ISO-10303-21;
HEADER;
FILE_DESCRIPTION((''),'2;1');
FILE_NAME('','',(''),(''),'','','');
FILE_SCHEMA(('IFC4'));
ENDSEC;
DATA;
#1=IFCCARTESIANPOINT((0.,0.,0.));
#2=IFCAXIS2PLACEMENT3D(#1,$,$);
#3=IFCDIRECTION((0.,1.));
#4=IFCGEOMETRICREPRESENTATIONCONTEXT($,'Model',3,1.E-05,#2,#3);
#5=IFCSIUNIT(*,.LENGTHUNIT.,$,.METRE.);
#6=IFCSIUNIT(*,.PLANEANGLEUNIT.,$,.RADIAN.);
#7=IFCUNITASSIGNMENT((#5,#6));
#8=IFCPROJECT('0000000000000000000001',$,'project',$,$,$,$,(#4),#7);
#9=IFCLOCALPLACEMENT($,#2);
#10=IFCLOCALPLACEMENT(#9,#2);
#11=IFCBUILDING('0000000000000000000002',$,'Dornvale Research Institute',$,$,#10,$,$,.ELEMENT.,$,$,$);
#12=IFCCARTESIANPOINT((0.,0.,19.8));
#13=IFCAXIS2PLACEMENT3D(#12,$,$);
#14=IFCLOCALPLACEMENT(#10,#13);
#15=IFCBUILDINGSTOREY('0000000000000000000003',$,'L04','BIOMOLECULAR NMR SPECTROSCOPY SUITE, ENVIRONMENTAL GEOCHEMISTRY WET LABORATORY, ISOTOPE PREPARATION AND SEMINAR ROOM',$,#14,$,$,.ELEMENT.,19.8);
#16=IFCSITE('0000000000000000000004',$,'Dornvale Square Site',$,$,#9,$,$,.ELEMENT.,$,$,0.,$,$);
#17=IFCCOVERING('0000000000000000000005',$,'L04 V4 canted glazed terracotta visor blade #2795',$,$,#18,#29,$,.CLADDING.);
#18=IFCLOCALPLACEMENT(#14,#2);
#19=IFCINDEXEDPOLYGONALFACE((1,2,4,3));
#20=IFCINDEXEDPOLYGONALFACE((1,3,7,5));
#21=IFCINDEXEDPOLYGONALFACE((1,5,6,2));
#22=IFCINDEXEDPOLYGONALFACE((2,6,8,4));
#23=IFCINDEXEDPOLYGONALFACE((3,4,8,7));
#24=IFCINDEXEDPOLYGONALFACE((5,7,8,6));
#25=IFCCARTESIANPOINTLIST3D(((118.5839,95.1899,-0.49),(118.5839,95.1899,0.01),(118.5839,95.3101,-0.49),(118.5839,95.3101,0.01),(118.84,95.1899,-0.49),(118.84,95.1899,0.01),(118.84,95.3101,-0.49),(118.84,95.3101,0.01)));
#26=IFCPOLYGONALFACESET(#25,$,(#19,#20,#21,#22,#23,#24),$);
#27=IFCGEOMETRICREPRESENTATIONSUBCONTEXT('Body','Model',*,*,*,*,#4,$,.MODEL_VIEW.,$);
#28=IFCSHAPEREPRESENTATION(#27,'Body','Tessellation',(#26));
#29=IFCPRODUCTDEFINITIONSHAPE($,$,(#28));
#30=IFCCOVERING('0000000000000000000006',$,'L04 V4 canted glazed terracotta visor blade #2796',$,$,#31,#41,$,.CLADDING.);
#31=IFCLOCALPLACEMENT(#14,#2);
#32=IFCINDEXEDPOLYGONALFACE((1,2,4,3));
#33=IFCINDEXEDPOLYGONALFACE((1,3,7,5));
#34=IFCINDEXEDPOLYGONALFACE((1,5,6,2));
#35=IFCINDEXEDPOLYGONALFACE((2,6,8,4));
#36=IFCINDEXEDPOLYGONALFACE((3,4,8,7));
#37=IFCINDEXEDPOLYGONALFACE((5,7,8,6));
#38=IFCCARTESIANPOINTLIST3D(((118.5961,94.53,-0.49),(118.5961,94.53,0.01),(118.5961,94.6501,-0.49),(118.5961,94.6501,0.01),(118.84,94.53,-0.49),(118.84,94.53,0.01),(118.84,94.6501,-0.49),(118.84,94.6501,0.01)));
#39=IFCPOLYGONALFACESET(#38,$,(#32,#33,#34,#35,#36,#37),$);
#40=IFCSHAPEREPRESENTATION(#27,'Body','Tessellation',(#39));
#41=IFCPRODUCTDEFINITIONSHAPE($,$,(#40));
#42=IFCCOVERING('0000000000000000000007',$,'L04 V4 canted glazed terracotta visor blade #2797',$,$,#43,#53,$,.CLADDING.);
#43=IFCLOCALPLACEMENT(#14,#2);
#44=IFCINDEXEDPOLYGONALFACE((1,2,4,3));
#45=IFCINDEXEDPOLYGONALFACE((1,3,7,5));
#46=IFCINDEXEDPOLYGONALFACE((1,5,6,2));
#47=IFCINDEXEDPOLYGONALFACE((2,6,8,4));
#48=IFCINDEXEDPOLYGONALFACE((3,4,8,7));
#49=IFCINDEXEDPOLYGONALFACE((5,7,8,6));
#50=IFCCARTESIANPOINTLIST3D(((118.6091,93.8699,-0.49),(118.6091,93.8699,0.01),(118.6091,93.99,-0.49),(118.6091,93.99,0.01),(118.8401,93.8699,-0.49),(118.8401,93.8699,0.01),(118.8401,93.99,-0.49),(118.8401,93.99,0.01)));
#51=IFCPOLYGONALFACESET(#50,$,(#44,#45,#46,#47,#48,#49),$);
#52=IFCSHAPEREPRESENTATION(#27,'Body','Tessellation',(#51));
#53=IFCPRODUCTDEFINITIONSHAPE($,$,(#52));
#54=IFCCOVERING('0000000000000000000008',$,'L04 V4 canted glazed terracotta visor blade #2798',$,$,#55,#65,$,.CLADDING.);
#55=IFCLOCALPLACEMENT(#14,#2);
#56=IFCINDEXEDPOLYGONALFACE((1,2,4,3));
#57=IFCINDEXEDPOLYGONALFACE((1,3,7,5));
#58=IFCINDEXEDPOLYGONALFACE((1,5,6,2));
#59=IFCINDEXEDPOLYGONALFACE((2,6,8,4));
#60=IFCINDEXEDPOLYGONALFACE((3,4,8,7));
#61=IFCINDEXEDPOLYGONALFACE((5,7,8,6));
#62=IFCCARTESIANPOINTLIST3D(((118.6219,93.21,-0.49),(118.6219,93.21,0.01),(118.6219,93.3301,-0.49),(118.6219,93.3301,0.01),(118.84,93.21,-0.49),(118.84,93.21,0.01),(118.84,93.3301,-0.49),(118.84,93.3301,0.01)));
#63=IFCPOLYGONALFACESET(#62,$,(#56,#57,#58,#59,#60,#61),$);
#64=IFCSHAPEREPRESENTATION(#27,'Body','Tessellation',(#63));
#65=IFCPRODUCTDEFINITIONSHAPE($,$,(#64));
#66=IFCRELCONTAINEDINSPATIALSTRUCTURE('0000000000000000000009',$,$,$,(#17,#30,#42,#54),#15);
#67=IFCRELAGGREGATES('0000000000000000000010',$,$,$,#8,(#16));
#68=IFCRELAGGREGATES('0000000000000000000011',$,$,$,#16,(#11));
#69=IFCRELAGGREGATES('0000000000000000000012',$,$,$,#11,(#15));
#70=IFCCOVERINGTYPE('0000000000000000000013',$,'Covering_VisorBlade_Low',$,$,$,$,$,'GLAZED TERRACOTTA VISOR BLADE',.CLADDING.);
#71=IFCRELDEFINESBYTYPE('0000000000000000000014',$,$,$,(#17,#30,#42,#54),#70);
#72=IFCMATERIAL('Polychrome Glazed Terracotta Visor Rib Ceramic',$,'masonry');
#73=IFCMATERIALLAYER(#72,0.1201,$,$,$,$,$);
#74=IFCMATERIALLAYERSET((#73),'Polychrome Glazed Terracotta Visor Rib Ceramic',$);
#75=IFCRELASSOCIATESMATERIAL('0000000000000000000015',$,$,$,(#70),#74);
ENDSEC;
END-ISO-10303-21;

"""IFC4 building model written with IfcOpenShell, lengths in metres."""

from ifc_helpers import new_model, si_unit, direction, frame, origin, origin_2d, place, context, subcontext, project, spatial, rectangle, extrude, material, layer, layer_set, type_object, element, save


model = new_model("IFC4")

# Units and contexts
model_context = context("Model", 3, precision=1e-05, world=origin(), true_north=direction((0.0, 1.0)))
body_context = subcontext(model_context, "Body", "Model", "MODEL_VIEW")
ifc_project = project(units=[si_unit("LENGTHUNIT", "METRE"), si_unit("PLANEANGLEUNIT", "RADIAN")], contexts=[model_context])

# Site, building, storey
site_placement = place(None, origin())
site = spatial("IfcSite", under=ifc_project, at=site_placement, Name="Dornvale Square Site", CompositionType="ELEMENT", RefElevation=0.0)
building_placement = place(site_placement, origin())
building = spatial("IfcBuilding", under=site, at=building_placement, Name="Dornvale Research Institute", CompositionType="ELEMENT")
storey_placement = place(building_placement, frame((0.0, 0.0, 19.8)))
storey = spatial("IfcBuildingStorey", under=building, at=storey_placement, Name="L04", Description="BIOMOLECULAR NMR SPECTROSCOPY SUITE, ENVIRONMENTAL GEOCHEMISTRY WET LABORATORY, ISOTOPE PREPARATION AND SEMINAR ROOM", CompositionType="ELEMENT", Elevation=19.8)

# Coverings
ifc_material_1 = material(Name="Polychrome Glazed Terracotta Visor Rib Ceramic", Category="masonry")
ifc_layer_1 = layer(ifc_material_1, 0.1201)
ifc_layer_set_1 = layer_set([ifc_layer_1], Name="Polychrome Glazed Terracotta Visor Rib Ceramic")
covering_type = type_object("IfcCoveringType", Name="Covering_VisorBlade_Low", ElementType="GLAZED TERRACOTTA VISOR BLADE", PredefinedType="CLADDING", material=ifc_layer_set_1)
covering_1_placement = place(storey_placement, frame((118.7119, 95.25, -0.49), z_axis=(0.0, 0.0, 1.0), x_axis=(1.0, 0.0, 0.0)))
element("IfcCovering", 1, at=covering_1_placement, inside=storey, type_object=covering_type, Name="L04 V4 canted glazed terracotta visor blade #2795", PredefinedType="CLADDING", context=body_context, shape_type="SweptSolid", body=[
    extrude(rectangle(XDim=0.2561, YDim=0.1201, at=origin_2d()), origin(), (0.0, 0.0, 1.0), 0.5),
])
covering_2_placement = place(storey_placement, frame((118.718, 94.5901, -0.49), z_axis=(0.0, 0.0, 1.0), x_axis=(1.0, 0.0, 0.0)))
element("IfcCovering", 2, at=covering_2_placement, inside=storey, type_object=covering_type, Name="L04 V4 canted glazed terracotta visor blade #2796", PredefinedType="CLADDING", context=body_context, shape_type="SweptSolid", body=[
    extrude(rectangle(XDim=0.2439, YDim=0.1201, at=origin_2d()), origin(), (0.0, 0.0, 1.0), 0.5),
])
covering_3_placement = place(storey_placement, frame((118.7246, 93.9299, -0.49), z_axis=(0.0, 0.0, 1.0), x_axis=(1.0, 0.0, 0.0)))
element("IfcCovering", 3, at=covering_3_placement, inside=storey, type_object=covering_type, Name="L04 V4 canted glazed terracotta visor blade #2797", PredefinedType="CLADDING", context=body_context, shape_type="SweptSolid", body=[
    extrude(rectangle(XDim=0.231, YDim=0.1201, at=origin_2d()), origin(), (0.0, 0.0, 1.0), 0.5),
])
covering_4_placement = place(storey_placement, frame((118.731, 93.27, -0.49), z_axis=(0.0, 0.0, 1.0), x_axis=(1.0, 0.0, 0.0)))
element("IfcCovering", 4, at=covering_4_placement, inside=storey, type_object=covering_type, Name="L04 V4 canted glazed terracotta visor blade #2798", PredefinedType="CLADDING", context=body_context, shape_type="SweptSolid", body=[
    extrude(rectangle(XDim=0.218, YDim=0.1201, at=origin_2d()), origin(), (0.0, 0.0, 1.0), 0.5),
])

save(model, "model.ifc")
